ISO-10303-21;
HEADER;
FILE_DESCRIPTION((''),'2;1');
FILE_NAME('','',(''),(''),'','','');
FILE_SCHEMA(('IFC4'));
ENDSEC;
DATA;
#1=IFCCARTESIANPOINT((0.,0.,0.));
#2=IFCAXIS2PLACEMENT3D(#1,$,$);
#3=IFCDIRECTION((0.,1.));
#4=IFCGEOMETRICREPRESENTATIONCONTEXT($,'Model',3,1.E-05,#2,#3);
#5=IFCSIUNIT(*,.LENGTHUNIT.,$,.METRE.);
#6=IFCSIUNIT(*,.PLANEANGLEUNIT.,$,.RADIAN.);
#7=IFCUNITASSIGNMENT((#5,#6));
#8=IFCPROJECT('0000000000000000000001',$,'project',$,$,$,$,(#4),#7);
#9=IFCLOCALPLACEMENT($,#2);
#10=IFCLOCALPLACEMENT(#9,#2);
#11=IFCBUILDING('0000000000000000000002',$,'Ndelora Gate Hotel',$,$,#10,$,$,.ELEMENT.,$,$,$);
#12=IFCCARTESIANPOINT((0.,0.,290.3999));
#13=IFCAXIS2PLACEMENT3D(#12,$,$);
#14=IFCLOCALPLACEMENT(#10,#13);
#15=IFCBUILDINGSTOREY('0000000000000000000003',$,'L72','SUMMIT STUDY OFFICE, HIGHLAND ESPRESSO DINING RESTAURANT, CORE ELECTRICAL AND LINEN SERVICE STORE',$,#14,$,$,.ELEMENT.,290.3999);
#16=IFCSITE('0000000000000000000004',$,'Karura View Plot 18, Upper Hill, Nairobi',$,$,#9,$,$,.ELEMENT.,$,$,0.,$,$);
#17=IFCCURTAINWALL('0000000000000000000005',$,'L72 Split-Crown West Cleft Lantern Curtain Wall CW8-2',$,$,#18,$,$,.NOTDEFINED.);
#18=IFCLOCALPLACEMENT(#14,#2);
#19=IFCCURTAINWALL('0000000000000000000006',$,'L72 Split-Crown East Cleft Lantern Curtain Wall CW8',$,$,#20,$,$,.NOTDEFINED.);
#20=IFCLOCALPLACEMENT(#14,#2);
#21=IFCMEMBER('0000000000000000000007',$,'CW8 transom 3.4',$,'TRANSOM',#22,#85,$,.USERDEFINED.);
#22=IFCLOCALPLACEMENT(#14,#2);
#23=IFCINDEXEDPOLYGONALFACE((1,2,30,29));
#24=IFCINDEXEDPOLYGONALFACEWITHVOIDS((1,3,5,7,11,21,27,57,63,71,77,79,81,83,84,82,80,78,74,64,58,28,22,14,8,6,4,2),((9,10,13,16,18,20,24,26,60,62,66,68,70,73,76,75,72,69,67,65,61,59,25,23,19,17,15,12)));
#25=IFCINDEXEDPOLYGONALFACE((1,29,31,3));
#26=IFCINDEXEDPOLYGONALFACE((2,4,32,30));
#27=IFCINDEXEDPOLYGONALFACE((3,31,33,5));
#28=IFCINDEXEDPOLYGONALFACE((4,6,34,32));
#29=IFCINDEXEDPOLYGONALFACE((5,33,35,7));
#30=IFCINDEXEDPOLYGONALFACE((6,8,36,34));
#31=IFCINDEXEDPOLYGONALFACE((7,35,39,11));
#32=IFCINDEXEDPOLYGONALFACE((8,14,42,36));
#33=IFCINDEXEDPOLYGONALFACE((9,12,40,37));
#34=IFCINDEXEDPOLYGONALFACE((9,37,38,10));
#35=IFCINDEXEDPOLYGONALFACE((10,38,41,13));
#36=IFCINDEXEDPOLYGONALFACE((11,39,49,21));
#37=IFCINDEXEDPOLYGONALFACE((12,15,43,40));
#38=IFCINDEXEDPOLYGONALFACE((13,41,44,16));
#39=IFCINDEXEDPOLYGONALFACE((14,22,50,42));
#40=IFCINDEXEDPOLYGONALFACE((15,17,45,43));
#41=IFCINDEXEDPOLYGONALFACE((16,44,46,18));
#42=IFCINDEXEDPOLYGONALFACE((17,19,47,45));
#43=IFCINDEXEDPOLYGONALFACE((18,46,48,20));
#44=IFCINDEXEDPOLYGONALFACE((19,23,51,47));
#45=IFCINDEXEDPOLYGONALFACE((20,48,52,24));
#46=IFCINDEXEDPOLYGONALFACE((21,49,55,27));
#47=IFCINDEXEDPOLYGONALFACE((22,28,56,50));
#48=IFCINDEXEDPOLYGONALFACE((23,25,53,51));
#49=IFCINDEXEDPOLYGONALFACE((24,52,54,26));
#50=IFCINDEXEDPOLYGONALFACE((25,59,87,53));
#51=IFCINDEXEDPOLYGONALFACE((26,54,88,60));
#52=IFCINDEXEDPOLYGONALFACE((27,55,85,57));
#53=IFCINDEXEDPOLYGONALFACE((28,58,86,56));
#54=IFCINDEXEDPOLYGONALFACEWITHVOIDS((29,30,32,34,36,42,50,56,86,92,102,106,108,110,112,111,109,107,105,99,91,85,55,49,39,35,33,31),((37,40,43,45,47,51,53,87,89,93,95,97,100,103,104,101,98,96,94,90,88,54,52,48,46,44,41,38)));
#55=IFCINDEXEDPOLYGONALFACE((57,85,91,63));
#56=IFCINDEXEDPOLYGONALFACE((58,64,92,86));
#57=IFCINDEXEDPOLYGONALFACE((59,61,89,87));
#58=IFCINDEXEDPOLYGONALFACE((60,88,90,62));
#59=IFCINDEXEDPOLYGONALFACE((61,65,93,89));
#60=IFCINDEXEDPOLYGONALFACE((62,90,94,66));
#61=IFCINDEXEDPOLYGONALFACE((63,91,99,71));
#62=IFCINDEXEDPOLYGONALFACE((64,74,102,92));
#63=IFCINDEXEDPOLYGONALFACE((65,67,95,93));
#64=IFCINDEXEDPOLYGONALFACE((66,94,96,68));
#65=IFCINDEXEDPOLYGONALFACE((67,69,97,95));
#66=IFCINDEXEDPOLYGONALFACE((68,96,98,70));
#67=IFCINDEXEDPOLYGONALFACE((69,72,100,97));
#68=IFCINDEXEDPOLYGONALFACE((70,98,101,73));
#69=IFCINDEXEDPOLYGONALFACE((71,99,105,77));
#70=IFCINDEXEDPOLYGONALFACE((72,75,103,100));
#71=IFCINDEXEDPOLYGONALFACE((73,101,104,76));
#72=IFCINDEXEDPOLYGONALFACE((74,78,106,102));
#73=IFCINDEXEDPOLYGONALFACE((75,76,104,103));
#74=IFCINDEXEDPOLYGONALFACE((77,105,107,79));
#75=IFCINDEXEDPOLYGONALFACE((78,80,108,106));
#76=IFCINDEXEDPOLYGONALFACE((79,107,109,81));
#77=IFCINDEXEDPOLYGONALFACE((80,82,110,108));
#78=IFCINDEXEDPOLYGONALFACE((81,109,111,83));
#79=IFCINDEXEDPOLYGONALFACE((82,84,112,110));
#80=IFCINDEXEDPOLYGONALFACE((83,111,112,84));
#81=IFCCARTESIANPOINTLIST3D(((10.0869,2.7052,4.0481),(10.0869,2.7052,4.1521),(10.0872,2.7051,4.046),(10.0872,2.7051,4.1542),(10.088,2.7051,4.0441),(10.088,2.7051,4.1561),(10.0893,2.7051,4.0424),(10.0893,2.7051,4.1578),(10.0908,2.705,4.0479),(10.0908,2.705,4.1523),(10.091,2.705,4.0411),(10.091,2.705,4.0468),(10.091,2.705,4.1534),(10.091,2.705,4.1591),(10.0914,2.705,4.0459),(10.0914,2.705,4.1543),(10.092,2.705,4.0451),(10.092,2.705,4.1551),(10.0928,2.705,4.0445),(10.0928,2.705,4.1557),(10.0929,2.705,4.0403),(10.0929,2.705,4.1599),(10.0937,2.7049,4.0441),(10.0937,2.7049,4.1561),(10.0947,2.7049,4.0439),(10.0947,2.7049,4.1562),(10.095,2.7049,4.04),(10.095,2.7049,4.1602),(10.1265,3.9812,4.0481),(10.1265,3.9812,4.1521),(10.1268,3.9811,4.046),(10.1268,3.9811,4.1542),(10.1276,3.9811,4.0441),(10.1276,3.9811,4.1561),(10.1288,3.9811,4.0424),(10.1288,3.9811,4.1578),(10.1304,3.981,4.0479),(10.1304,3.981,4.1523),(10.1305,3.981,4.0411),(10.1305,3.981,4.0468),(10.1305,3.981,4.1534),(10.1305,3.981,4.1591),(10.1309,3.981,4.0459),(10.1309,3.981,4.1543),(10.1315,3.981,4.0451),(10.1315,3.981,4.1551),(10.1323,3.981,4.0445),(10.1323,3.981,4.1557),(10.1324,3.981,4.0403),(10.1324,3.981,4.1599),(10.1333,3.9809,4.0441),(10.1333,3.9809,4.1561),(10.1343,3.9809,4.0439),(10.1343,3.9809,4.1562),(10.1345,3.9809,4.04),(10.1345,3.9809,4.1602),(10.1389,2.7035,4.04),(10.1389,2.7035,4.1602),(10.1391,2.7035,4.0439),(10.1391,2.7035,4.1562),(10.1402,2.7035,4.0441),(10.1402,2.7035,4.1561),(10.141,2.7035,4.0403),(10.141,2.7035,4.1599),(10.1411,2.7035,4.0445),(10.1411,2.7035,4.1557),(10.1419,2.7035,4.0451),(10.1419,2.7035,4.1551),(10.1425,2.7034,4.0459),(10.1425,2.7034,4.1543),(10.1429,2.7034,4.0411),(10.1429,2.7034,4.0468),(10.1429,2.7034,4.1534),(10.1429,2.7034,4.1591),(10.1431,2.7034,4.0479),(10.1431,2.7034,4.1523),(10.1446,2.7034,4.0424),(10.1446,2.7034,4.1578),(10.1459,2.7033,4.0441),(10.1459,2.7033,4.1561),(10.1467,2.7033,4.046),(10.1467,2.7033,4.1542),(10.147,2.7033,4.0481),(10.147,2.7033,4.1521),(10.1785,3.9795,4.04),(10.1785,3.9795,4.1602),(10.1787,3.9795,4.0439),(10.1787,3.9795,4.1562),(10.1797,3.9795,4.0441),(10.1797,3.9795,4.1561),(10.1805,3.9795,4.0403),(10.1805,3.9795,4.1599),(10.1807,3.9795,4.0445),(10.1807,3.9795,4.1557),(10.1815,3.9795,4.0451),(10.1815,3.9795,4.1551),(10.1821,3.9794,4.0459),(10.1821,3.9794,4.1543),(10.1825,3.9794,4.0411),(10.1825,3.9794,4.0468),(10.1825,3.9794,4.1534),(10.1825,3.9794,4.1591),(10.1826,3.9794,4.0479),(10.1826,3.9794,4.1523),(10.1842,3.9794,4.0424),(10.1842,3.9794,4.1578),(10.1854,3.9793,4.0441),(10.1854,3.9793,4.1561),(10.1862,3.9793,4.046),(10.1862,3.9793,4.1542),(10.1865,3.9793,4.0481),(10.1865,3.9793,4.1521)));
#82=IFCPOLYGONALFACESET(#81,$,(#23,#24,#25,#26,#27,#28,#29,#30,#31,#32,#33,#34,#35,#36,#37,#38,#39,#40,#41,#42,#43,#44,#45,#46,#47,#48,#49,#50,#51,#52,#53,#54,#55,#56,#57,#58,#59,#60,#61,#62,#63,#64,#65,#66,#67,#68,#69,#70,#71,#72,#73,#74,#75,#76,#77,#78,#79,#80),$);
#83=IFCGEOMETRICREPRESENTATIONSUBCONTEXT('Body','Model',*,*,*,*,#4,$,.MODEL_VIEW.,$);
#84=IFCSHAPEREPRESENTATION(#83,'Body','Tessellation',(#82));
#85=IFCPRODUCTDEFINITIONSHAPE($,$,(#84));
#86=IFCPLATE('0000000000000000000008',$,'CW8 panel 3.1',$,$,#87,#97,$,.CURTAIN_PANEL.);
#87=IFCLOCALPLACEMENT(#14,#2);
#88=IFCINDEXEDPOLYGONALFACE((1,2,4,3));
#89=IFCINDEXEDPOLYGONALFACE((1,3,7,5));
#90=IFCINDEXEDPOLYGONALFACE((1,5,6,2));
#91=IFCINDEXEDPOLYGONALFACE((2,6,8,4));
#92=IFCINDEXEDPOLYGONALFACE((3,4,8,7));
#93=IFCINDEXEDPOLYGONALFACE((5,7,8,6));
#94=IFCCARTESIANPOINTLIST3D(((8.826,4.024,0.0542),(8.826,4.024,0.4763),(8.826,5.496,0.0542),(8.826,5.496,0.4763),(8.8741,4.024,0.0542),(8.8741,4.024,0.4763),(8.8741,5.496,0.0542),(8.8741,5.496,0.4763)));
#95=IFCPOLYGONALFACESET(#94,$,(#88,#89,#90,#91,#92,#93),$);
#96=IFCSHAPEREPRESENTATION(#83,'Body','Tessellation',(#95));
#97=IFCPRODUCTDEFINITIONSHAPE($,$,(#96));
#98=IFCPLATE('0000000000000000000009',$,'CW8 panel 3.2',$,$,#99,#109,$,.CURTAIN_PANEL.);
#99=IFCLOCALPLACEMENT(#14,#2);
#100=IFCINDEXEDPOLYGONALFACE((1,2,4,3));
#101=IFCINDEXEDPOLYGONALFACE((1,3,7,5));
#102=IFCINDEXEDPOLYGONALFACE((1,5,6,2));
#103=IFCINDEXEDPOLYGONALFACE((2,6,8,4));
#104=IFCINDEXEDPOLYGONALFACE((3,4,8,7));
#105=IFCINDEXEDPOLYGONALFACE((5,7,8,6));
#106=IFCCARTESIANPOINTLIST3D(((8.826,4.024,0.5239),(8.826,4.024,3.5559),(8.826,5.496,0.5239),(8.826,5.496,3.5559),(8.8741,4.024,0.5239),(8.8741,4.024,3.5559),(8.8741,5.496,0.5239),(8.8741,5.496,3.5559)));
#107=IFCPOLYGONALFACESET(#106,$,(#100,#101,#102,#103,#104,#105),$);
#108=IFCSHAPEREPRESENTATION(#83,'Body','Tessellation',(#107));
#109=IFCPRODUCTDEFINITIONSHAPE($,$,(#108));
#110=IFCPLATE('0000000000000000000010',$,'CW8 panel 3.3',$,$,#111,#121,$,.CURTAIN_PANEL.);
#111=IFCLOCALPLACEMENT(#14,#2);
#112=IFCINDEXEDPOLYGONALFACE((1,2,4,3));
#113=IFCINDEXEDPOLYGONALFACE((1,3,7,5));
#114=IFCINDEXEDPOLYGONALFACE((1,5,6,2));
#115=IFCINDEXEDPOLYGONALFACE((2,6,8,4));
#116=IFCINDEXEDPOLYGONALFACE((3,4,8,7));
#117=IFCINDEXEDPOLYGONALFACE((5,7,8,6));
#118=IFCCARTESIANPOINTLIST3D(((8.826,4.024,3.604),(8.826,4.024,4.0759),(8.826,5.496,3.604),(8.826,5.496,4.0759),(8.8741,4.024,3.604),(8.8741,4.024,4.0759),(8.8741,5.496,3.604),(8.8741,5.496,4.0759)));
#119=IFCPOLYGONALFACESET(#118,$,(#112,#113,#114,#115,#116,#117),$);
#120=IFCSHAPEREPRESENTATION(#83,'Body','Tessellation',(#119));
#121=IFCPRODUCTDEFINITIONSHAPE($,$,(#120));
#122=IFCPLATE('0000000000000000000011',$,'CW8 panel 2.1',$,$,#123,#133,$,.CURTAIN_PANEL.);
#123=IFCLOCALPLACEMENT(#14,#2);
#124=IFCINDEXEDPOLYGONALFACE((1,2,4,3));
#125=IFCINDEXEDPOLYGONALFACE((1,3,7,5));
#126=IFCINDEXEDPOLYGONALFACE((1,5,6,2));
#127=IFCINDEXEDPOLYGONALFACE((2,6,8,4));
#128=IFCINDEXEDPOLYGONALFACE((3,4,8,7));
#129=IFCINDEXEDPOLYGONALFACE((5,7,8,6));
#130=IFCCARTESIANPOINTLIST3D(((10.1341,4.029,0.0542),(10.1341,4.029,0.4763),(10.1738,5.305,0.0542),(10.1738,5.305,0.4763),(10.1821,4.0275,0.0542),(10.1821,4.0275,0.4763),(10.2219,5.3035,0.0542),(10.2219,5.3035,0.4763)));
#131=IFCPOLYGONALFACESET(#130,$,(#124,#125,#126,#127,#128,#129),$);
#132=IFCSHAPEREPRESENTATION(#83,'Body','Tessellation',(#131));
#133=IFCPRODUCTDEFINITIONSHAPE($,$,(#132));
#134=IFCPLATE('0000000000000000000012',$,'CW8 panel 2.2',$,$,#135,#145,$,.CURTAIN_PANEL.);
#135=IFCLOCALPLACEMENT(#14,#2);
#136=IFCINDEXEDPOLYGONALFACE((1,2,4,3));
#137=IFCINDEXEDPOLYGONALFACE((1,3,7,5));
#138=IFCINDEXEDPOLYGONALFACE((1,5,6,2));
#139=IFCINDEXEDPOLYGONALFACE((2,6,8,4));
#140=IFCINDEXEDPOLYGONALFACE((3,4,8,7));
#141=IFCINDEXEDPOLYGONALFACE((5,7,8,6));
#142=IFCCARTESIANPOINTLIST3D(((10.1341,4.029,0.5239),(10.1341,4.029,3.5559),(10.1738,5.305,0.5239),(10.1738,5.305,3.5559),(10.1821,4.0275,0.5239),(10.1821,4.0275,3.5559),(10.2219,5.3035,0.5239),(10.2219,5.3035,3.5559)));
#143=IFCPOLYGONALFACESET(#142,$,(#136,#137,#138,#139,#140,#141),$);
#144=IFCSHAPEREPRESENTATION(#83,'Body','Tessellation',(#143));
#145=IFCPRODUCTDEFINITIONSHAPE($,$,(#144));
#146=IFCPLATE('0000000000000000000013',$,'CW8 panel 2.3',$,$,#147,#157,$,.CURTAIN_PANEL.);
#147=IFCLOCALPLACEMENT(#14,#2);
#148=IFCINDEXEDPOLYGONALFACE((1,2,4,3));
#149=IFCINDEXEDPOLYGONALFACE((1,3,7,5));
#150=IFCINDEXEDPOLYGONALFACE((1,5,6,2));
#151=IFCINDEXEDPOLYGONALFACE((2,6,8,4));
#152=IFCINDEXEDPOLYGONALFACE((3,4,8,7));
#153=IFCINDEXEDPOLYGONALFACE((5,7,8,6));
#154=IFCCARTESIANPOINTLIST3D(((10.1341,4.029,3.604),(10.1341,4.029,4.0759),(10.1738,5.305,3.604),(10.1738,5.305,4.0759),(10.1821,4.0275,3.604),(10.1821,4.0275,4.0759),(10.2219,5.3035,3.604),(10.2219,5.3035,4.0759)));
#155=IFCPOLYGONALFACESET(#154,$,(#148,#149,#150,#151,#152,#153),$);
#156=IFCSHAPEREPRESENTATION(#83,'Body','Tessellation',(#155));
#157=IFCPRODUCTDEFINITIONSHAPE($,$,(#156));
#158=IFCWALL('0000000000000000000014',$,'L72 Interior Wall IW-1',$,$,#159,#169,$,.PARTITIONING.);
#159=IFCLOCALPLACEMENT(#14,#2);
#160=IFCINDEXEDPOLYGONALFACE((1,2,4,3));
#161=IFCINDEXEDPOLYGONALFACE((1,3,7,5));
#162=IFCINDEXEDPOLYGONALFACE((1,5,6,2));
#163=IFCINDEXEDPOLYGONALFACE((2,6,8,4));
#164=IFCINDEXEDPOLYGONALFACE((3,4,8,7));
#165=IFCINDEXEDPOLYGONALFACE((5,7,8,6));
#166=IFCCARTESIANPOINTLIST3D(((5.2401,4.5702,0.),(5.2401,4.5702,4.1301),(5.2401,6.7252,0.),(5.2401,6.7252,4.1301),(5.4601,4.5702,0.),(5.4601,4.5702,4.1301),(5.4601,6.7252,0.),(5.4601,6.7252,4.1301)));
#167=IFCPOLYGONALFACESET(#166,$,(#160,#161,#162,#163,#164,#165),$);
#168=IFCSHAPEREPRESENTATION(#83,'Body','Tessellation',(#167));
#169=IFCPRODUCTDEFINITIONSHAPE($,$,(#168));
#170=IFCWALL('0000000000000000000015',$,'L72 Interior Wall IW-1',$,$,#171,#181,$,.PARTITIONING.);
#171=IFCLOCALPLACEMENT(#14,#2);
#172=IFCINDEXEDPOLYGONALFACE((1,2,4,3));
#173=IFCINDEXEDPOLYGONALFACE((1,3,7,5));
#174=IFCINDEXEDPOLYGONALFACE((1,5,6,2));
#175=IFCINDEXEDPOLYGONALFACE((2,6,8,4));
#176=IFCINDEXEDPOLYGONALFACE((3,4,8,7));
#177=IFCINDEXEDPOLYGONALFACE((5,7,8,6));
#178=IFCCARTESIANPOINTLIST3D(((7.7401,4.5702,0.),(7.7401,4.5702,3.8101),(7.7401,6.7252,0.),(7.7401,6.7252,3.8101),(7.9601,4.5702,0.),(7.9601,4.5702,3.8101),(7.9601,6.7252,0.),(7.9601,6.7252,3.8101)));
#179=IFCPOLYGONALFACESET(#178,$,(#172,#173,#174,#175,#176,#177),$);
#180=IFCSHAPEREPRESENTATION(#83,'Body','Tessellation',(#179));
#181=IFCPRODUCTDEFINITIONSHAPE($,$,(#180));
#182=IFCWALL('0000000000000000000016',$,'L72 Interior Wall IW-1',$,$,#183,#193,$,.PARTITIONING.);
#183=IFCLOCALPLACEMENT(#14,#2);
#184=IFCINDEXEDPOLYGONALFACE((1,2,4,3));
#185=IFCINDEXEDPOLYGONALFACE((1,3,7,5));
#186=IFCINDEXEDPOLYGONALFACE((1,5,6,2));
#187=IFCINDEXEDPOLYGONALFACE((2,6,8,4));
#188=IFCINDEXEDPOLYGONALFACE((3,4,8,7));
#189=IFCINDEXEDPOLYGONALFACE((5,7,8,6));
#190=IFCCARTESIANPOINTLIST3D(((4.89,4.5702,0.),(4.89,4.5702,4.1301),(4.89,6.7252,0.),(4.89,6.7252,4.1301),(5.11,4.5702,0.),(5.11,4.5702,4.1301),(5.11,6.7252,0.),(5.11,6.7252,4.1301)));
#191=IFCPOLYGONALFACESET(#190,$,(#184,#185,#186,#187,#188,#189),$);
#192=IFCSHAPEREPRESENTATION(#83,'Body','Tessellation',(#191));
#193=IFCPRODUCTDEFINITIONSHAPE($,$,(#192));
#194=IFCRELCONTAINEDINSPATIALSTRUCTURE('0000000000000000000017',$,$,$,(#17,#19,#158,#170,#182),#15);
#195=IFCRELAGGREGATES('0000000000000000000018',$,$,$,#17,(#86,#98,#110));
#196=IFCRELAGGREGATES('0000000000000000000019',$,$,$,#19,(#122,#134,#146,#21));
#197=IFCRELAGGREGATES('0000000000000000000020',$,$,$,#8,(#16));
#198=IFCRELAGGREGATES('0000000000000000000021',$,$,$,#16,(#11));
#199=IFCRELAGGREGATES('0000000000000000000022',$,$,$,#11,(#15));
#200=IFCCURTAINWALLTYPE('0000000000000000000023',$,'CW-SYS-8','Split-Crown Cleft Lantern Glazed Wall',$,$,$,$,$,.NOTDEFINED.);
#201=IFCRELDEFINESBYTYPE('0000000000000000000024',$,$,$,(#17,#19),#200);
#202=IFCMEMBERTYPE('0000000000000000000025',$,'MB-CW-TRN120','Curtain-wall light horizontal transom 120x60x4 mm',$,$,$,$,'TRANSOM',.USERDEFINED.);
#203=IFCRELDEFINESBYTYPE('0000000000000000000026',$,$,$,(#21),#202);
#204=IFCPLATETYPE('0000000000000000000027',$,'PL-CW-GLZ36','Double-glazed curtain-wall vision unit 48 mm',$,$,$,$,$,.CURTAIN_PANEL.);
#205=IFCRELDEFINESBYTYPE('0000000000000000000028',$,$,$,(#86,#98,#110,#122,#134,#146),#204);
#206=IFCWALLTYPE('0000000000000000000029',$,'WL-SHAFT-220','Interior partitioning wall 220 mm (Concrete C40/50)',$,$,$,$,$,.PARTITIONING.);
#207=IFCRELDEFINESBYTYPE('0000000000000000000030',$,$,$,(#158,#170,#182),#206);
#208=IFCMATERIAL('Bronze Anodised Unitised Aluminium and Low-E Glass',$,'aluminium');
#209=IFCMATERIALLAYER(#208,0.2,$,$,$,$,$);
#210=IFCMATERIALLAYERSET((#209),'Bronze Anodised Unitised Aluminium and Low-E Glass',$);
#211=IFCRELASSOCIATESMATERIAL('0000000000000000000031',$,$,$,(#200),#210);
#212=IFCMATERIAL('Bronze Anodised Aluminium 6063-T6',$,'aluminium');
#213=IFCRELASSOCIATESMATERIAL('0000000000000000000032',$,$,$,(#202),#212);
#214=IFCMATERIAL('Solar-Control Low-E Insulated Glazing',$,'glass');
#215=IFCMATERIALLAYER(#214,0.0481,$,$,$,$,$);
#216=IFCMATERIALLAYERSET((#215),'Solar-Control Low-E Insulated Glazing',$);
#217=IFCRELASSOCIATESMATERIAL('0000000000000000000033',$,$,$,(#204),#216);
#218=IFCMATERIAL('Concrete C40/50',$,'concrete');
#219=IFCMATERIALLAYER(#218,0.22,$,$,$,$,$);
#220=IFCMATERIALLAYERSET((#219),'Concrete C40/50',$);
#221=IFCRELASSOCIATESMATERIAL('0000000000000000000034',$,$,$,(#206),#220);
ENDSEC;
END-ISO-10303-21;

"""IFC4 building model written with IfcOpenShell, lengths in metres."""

from ifc_helpers import new_model, si_unit, direction, frame, frame_2d, origin, origin_2d, place, context, subcontext, project, spatial, rectangle, hollow_rectangle, extrude, material, layer, layer_set, material_profile, profile_set, type_object, element, aggregate, save


model = new_model("IFC4")

# Units and contexts
model_context = context("Model", 3, precision=1e-05, world=origin(), true_north=direction((0.0, 1.0)))
body_context = subcontext(model_context, "Body", "Model", "MODEL_VIEW")
ifc_project = project(units=[si_unit("LENGTHUNIT", "METRE"), si_unit("PLANEANGLEUNIT", "RADIAN")], contexts=[model_context])

# Site, building, storey
site_placement = place(None, origin())
site = spatial("IfcSite", under=ifc_project, at=site_placement, Name="Karura View Plot 18, Upper Hill, Nairobi", CompositionType="ELEMENT", RefElevation=0.0)
building_placement = place(site_placement, origin())
building = spatial("IfcBuilding", under=site, at=building_placement, Name="Ndelora Gate Hotel", CompositionType="ELEMENT")
storey_placement = place(building_placement, frame((0.0, 0.0, 290.3999)))
storey = spatial("IfcBuildingStorey", under=building, at=storey_placement, Name="L72", Description="SUMMIT STUDY OFFICE, HIGHLAND ESPRESSO DINING RESTAURANT, CORE ELECTRICAL AND LINEN SERVICE STORE", CompositionType="ELEMENT", Elevation=290.3999)

# Curtain walls
ifc_material_1 = material(Name="Bronze Anodised Unitised Aluminium and Low-E Glass", Category="aluminium")
ifc_layer_1 = layer(ifc_material_1, 0.2)
ifc_layer_set_1 = layer_set([ifc_layer_1], Name="Bronze Anodised Unitised Aluminium and Low-E Glass")
curtain_wall_type = type_object("IfcCurtainWallType", Name="CW-SYS-8", Description="Split-Crown Cleft Lantern Glazed Wall", PredefinedType="NOTDEFINED", material=ifc_layer_set_1)
curtain_wall_1_placement = place(storey_placement, origin())
curtain_wall_1 = element("IfcCurtainWall", 1, at=curtain_wall_1_placement, inside=storey, type_object=curtain_wall_type, Name="L72 Split-Crown West Cleft Lantern Curtain Wall CW8-2", PredefinedType="NOTDEFINED")
ifc_material_2 = material(Name="Bronze Anodised Aluminium 6063-T6", Category="aluminium")
curtain_wall_2_placement = place(storey_placement, origin())
curtain_wall_2 = element("IfcCurtainWall", 2, at=curtain_wall_2_placement, inside=storey, type_object=curtain_wall_type, Name="L72 Split-Crown East Cleft Lantern Curtain Wall CW8", PredefinedType="NOTDEFINED")

# Member
ifc_material_profile_1 = material_profile(ifc_material_2, hollow_rectangle(XDim=0.0601, YDim=0.1201, WallThickness=0.0039, InnerFilletRadius=0.0039, OuterFilletRadius=0.0081, at=origin_2d()), Name="ALU 120x60x4")
ifc_profile_set_1 = profile_set([ifc_material_profile_1], Name="Bronze Anodised Aluminium 6063-T6")
member_type_1 = type_object("IfcMemberType", Name="MB-CW-TRN120", Description="Curtain-wall light horizontal transom 120x60x4 mm", ElementType="TRANSOM", PredefinedType="USERDEFINED", material=ifc_profile_set_1)
member_1_placement = place(storey_placement, frame((10.1565, 3.9802, 4.1001), z_axis=(-0.030984, -0.99952, 0.0), x_axis=(0.99952, -0.030984, 0.0)))
member_1 = element("IfcMember", 3, at=member_1_placement, type_object=member_type_1, Name="CW8 transom 3.4", ObjectType="TRANSOM", PredefinedType="USERDEFINED", context=body_context, shape_type="SweptSolid", body=[
    extrude(hollow_rectangle(XDim=0.0601, YDim=0.1201, WallThickness=0.0039, InnerFilletRadius=0.0039, OuterFilletRadius=0.0081, at=origin_2d()), origin(), (0.0, 0.0, 1.0), 1.2766),
])

# Plates
ifc_material_3 = material(Name="Solar-Control Low-E Insulated Glazing", Category="glass")
ifc_layer_2 = layer(ifc_material_3, 0.0481)
ifc_layer_set_2 = layer_set([ifc_layer_2], Name="Solar-Control Low-E Insulated Glazing")
plate_type = type_object("IfcPlateType", Name="PL-CW-GLZ36", Description="Double-glazed curtain-wall vision unit 48 mm", PredefinedType="CURTAIN_PANEL", material=ifc_layer_set_2)
plate_1_placement = place(storey_placement, frame((8.8501, 4.76, 0.0542), z_axis=(0.0, 0.0, 1.0), x_axis=(0.0, 1.0, 0.0)))
plate_1 = element("IfcPlate", 4, at=plate_1_placement, type_object=plate_type, Name="CW8 panel 3.1", PredefinedType="CURTAIN_PANEL", context=body_context, shape_type="SweptSolid", body=[
    extrude(rectangle(XDim=1.4719, YDim=0.0481, at=origin_2d()), origin(), (0.0, 0.0, 1.0), 0.4221),
])
plate_2_placement = place(storey_placement, frame((8.8501, 4.76, 0.5239), z_axis=(0.0, 0.0, 1.0), x_axis=(0.0, 1.0, 0.0)))
plate_2 = element("IfcPlate", 5, at=plate_2_placement, type_object=plate_type, Name="CW8 panel 3.2", PredefinedType="CURTAIN_PANEL", context=body_context, shape_type="SweptSolid", body=[
    extrude(rectangle(XDim=1.4719, YDim=0.0481, at=origin_2d()), origin(), (0.0, 0.0, 1.0), 3.032),
])
plate_3_placement = place(storey_placement, frame((8.8501, 4.76, 3.604), z_axis=(0.0, 0.0, 1.0), x_axis=(0.0, 1.0, 0.0)))
plate_3 = element("IfcPlate", 6, at=plate_3_placement, type_object=plate_type, Name="CW8 panel 3.3", PredefinedType="CURTAIN_PANEL", context=body_context, shape_type="SweptSolid", body=[
    extrude(rectangle(XDim=1.4719, YDim=0.0481, at=origin_2d()), origin(), (0.0, 0.0, 1.0), 0.4719),
])
aggregate(curtain_wall_1, [plate_1, plate_2, plate_3])
plate_4_placement = place(storey_placement, frame((10.178, 4.6663, 0.0542), z_axis=(0.0, 0.0, 1.0), x_axis=(-0.031131, -0.999515, 0.0)))
plate_4 = element("IfcPlate", 7, at=plate_4_placement, type_object=plate_type, Name="CW8 panel 2.1", PredefinedType="CURTAIN_PANEL", context=body_context, shape_type="SweptSolid", body=[
    extrude(rectangle(XDim=1.2766, YDim=0.0481, at=origin_2d()), origin(), (0.0, 0.0, 1.0), 0.4221),
])
plate_5_placement = place(storey_placement, frame((10.178, 4.6663, 0.5239), z_axis=(0.0, 0.0, 1.0), x_axis=(-0.031131, -0.999515, 0.0)))
plate_5 = element("IfcPlate", 8, at=plate_5_placement, type_object=plate_type, Name="CW8 panel 2.2", PredefinedType="CURTAIN_PANEL", context=body_context, shape_type="SweptSolid", body=[
    extrude(rectangle(XDim=1.2766, YDim=0.0481, at=origin_2d()), origin(), (0.0, 0.0, 1.0), 3.032),
])
plate_6_placement = place(storey_placement, frame((10.178, 4.6663, 3.604), z_axis=(0.0, 0.0, 1.0), x_axis=(-0.031131, -0.999515, 0.0)))
plate_6 = element("IfcPlate", 9, at=plate_6_placement, type_object=plate_type, Name="CW8 panel 2.3", PredefinedType="CURTAIN_PANEL", context=body_context, shape_type="SweptSolid", body=[
    extrude(rectangle(XDim=1.2766, YDim=0.0481, at=origin_2d()), origin(), (0.0, 0.0, 1.0), 0.4719),
])
aggregate(curtain_wall_2, [plate_4, plate_5, plate_6, member_1])

# Shared definitions
ifc_material_4 = material(Name="Concrete C40/50", Category="concrete")
ifc_layer_3 = layer(ifc_material_4, 0.22)
ifc_layer_set_3 = layer_set([ifc_layer_3], Name="Concrete C40/50")
wall_type = type_object("IfcWallType", Name="WL-SHAFT-220", Description="Interior partitioning wall 220 mm (Concrete C40/50)", PredefinedType="PARTITIONING", material=ifc_layer_set_3)

# Walls
wall_1_placement = place(storey_placement, frame((5.3501, 4.5701, 0.0), z_axis=(0.0, 0.0, 1.0), x_axis=(0.0, 1.0, 0.0)))
element("IfcWall", 10, at=wall_1_placement, inside=storey, type_object=wall_type, Name="L72 Interior Wall IW-1", PredefinedType="PARTITIONING", context=body_context, shape_type="SweptSolid", body=[
    extrude(rectangle(XDim=2.155, YDim=0.22, at=frame_2d((1.0776, 0.0))), origin(), (0.0, 0.0, 1.0), 4.1301),
])
wall_2_placement = place(storey_placement, frame((7.8501, 4.5701, 0.0), z_axis=(0.0, 0.0, 1.0), x_axis=(0.0, 1.0, 0.0)))
element("IfcWall", 11, at=wall_2_placement, inside=storey, type_object=wall_type, Name="L72 Interior Wall IW-1", PredefinedType="PARTITIONING", context=body_context, shape_type="SweptSolid", body=[
    extrude(rectangle(XDim=2.155, YDim=0.22, at=frame_2d((1.0776, 0.0))), origin(), (0.0, 0.0, 1.0), 3.8101),
])
wall_3_placement = place(storey_placement, frame((5.0, 4.5701, 0.0), z_axis=(0.0, 0.0, 1.0), x_axis=(0.0, 1.0, 0.0)))
element("IfcWall", 12, at=wall_3_placement, inside=storey, type_object=wall_type, Name="L72 Interior Wall IW-1", PredefinedType="PARTITIONING", context=body_context, shape_type="SweptSolid", body=[
    extrude(rectangle(XDim=2.155, YDim=0.22, at=frame_2d((1.0776, 0.0))), origin(), (0.0, 0.0, 1.0), 4.1301),
])

save(model, "model.ifc")
